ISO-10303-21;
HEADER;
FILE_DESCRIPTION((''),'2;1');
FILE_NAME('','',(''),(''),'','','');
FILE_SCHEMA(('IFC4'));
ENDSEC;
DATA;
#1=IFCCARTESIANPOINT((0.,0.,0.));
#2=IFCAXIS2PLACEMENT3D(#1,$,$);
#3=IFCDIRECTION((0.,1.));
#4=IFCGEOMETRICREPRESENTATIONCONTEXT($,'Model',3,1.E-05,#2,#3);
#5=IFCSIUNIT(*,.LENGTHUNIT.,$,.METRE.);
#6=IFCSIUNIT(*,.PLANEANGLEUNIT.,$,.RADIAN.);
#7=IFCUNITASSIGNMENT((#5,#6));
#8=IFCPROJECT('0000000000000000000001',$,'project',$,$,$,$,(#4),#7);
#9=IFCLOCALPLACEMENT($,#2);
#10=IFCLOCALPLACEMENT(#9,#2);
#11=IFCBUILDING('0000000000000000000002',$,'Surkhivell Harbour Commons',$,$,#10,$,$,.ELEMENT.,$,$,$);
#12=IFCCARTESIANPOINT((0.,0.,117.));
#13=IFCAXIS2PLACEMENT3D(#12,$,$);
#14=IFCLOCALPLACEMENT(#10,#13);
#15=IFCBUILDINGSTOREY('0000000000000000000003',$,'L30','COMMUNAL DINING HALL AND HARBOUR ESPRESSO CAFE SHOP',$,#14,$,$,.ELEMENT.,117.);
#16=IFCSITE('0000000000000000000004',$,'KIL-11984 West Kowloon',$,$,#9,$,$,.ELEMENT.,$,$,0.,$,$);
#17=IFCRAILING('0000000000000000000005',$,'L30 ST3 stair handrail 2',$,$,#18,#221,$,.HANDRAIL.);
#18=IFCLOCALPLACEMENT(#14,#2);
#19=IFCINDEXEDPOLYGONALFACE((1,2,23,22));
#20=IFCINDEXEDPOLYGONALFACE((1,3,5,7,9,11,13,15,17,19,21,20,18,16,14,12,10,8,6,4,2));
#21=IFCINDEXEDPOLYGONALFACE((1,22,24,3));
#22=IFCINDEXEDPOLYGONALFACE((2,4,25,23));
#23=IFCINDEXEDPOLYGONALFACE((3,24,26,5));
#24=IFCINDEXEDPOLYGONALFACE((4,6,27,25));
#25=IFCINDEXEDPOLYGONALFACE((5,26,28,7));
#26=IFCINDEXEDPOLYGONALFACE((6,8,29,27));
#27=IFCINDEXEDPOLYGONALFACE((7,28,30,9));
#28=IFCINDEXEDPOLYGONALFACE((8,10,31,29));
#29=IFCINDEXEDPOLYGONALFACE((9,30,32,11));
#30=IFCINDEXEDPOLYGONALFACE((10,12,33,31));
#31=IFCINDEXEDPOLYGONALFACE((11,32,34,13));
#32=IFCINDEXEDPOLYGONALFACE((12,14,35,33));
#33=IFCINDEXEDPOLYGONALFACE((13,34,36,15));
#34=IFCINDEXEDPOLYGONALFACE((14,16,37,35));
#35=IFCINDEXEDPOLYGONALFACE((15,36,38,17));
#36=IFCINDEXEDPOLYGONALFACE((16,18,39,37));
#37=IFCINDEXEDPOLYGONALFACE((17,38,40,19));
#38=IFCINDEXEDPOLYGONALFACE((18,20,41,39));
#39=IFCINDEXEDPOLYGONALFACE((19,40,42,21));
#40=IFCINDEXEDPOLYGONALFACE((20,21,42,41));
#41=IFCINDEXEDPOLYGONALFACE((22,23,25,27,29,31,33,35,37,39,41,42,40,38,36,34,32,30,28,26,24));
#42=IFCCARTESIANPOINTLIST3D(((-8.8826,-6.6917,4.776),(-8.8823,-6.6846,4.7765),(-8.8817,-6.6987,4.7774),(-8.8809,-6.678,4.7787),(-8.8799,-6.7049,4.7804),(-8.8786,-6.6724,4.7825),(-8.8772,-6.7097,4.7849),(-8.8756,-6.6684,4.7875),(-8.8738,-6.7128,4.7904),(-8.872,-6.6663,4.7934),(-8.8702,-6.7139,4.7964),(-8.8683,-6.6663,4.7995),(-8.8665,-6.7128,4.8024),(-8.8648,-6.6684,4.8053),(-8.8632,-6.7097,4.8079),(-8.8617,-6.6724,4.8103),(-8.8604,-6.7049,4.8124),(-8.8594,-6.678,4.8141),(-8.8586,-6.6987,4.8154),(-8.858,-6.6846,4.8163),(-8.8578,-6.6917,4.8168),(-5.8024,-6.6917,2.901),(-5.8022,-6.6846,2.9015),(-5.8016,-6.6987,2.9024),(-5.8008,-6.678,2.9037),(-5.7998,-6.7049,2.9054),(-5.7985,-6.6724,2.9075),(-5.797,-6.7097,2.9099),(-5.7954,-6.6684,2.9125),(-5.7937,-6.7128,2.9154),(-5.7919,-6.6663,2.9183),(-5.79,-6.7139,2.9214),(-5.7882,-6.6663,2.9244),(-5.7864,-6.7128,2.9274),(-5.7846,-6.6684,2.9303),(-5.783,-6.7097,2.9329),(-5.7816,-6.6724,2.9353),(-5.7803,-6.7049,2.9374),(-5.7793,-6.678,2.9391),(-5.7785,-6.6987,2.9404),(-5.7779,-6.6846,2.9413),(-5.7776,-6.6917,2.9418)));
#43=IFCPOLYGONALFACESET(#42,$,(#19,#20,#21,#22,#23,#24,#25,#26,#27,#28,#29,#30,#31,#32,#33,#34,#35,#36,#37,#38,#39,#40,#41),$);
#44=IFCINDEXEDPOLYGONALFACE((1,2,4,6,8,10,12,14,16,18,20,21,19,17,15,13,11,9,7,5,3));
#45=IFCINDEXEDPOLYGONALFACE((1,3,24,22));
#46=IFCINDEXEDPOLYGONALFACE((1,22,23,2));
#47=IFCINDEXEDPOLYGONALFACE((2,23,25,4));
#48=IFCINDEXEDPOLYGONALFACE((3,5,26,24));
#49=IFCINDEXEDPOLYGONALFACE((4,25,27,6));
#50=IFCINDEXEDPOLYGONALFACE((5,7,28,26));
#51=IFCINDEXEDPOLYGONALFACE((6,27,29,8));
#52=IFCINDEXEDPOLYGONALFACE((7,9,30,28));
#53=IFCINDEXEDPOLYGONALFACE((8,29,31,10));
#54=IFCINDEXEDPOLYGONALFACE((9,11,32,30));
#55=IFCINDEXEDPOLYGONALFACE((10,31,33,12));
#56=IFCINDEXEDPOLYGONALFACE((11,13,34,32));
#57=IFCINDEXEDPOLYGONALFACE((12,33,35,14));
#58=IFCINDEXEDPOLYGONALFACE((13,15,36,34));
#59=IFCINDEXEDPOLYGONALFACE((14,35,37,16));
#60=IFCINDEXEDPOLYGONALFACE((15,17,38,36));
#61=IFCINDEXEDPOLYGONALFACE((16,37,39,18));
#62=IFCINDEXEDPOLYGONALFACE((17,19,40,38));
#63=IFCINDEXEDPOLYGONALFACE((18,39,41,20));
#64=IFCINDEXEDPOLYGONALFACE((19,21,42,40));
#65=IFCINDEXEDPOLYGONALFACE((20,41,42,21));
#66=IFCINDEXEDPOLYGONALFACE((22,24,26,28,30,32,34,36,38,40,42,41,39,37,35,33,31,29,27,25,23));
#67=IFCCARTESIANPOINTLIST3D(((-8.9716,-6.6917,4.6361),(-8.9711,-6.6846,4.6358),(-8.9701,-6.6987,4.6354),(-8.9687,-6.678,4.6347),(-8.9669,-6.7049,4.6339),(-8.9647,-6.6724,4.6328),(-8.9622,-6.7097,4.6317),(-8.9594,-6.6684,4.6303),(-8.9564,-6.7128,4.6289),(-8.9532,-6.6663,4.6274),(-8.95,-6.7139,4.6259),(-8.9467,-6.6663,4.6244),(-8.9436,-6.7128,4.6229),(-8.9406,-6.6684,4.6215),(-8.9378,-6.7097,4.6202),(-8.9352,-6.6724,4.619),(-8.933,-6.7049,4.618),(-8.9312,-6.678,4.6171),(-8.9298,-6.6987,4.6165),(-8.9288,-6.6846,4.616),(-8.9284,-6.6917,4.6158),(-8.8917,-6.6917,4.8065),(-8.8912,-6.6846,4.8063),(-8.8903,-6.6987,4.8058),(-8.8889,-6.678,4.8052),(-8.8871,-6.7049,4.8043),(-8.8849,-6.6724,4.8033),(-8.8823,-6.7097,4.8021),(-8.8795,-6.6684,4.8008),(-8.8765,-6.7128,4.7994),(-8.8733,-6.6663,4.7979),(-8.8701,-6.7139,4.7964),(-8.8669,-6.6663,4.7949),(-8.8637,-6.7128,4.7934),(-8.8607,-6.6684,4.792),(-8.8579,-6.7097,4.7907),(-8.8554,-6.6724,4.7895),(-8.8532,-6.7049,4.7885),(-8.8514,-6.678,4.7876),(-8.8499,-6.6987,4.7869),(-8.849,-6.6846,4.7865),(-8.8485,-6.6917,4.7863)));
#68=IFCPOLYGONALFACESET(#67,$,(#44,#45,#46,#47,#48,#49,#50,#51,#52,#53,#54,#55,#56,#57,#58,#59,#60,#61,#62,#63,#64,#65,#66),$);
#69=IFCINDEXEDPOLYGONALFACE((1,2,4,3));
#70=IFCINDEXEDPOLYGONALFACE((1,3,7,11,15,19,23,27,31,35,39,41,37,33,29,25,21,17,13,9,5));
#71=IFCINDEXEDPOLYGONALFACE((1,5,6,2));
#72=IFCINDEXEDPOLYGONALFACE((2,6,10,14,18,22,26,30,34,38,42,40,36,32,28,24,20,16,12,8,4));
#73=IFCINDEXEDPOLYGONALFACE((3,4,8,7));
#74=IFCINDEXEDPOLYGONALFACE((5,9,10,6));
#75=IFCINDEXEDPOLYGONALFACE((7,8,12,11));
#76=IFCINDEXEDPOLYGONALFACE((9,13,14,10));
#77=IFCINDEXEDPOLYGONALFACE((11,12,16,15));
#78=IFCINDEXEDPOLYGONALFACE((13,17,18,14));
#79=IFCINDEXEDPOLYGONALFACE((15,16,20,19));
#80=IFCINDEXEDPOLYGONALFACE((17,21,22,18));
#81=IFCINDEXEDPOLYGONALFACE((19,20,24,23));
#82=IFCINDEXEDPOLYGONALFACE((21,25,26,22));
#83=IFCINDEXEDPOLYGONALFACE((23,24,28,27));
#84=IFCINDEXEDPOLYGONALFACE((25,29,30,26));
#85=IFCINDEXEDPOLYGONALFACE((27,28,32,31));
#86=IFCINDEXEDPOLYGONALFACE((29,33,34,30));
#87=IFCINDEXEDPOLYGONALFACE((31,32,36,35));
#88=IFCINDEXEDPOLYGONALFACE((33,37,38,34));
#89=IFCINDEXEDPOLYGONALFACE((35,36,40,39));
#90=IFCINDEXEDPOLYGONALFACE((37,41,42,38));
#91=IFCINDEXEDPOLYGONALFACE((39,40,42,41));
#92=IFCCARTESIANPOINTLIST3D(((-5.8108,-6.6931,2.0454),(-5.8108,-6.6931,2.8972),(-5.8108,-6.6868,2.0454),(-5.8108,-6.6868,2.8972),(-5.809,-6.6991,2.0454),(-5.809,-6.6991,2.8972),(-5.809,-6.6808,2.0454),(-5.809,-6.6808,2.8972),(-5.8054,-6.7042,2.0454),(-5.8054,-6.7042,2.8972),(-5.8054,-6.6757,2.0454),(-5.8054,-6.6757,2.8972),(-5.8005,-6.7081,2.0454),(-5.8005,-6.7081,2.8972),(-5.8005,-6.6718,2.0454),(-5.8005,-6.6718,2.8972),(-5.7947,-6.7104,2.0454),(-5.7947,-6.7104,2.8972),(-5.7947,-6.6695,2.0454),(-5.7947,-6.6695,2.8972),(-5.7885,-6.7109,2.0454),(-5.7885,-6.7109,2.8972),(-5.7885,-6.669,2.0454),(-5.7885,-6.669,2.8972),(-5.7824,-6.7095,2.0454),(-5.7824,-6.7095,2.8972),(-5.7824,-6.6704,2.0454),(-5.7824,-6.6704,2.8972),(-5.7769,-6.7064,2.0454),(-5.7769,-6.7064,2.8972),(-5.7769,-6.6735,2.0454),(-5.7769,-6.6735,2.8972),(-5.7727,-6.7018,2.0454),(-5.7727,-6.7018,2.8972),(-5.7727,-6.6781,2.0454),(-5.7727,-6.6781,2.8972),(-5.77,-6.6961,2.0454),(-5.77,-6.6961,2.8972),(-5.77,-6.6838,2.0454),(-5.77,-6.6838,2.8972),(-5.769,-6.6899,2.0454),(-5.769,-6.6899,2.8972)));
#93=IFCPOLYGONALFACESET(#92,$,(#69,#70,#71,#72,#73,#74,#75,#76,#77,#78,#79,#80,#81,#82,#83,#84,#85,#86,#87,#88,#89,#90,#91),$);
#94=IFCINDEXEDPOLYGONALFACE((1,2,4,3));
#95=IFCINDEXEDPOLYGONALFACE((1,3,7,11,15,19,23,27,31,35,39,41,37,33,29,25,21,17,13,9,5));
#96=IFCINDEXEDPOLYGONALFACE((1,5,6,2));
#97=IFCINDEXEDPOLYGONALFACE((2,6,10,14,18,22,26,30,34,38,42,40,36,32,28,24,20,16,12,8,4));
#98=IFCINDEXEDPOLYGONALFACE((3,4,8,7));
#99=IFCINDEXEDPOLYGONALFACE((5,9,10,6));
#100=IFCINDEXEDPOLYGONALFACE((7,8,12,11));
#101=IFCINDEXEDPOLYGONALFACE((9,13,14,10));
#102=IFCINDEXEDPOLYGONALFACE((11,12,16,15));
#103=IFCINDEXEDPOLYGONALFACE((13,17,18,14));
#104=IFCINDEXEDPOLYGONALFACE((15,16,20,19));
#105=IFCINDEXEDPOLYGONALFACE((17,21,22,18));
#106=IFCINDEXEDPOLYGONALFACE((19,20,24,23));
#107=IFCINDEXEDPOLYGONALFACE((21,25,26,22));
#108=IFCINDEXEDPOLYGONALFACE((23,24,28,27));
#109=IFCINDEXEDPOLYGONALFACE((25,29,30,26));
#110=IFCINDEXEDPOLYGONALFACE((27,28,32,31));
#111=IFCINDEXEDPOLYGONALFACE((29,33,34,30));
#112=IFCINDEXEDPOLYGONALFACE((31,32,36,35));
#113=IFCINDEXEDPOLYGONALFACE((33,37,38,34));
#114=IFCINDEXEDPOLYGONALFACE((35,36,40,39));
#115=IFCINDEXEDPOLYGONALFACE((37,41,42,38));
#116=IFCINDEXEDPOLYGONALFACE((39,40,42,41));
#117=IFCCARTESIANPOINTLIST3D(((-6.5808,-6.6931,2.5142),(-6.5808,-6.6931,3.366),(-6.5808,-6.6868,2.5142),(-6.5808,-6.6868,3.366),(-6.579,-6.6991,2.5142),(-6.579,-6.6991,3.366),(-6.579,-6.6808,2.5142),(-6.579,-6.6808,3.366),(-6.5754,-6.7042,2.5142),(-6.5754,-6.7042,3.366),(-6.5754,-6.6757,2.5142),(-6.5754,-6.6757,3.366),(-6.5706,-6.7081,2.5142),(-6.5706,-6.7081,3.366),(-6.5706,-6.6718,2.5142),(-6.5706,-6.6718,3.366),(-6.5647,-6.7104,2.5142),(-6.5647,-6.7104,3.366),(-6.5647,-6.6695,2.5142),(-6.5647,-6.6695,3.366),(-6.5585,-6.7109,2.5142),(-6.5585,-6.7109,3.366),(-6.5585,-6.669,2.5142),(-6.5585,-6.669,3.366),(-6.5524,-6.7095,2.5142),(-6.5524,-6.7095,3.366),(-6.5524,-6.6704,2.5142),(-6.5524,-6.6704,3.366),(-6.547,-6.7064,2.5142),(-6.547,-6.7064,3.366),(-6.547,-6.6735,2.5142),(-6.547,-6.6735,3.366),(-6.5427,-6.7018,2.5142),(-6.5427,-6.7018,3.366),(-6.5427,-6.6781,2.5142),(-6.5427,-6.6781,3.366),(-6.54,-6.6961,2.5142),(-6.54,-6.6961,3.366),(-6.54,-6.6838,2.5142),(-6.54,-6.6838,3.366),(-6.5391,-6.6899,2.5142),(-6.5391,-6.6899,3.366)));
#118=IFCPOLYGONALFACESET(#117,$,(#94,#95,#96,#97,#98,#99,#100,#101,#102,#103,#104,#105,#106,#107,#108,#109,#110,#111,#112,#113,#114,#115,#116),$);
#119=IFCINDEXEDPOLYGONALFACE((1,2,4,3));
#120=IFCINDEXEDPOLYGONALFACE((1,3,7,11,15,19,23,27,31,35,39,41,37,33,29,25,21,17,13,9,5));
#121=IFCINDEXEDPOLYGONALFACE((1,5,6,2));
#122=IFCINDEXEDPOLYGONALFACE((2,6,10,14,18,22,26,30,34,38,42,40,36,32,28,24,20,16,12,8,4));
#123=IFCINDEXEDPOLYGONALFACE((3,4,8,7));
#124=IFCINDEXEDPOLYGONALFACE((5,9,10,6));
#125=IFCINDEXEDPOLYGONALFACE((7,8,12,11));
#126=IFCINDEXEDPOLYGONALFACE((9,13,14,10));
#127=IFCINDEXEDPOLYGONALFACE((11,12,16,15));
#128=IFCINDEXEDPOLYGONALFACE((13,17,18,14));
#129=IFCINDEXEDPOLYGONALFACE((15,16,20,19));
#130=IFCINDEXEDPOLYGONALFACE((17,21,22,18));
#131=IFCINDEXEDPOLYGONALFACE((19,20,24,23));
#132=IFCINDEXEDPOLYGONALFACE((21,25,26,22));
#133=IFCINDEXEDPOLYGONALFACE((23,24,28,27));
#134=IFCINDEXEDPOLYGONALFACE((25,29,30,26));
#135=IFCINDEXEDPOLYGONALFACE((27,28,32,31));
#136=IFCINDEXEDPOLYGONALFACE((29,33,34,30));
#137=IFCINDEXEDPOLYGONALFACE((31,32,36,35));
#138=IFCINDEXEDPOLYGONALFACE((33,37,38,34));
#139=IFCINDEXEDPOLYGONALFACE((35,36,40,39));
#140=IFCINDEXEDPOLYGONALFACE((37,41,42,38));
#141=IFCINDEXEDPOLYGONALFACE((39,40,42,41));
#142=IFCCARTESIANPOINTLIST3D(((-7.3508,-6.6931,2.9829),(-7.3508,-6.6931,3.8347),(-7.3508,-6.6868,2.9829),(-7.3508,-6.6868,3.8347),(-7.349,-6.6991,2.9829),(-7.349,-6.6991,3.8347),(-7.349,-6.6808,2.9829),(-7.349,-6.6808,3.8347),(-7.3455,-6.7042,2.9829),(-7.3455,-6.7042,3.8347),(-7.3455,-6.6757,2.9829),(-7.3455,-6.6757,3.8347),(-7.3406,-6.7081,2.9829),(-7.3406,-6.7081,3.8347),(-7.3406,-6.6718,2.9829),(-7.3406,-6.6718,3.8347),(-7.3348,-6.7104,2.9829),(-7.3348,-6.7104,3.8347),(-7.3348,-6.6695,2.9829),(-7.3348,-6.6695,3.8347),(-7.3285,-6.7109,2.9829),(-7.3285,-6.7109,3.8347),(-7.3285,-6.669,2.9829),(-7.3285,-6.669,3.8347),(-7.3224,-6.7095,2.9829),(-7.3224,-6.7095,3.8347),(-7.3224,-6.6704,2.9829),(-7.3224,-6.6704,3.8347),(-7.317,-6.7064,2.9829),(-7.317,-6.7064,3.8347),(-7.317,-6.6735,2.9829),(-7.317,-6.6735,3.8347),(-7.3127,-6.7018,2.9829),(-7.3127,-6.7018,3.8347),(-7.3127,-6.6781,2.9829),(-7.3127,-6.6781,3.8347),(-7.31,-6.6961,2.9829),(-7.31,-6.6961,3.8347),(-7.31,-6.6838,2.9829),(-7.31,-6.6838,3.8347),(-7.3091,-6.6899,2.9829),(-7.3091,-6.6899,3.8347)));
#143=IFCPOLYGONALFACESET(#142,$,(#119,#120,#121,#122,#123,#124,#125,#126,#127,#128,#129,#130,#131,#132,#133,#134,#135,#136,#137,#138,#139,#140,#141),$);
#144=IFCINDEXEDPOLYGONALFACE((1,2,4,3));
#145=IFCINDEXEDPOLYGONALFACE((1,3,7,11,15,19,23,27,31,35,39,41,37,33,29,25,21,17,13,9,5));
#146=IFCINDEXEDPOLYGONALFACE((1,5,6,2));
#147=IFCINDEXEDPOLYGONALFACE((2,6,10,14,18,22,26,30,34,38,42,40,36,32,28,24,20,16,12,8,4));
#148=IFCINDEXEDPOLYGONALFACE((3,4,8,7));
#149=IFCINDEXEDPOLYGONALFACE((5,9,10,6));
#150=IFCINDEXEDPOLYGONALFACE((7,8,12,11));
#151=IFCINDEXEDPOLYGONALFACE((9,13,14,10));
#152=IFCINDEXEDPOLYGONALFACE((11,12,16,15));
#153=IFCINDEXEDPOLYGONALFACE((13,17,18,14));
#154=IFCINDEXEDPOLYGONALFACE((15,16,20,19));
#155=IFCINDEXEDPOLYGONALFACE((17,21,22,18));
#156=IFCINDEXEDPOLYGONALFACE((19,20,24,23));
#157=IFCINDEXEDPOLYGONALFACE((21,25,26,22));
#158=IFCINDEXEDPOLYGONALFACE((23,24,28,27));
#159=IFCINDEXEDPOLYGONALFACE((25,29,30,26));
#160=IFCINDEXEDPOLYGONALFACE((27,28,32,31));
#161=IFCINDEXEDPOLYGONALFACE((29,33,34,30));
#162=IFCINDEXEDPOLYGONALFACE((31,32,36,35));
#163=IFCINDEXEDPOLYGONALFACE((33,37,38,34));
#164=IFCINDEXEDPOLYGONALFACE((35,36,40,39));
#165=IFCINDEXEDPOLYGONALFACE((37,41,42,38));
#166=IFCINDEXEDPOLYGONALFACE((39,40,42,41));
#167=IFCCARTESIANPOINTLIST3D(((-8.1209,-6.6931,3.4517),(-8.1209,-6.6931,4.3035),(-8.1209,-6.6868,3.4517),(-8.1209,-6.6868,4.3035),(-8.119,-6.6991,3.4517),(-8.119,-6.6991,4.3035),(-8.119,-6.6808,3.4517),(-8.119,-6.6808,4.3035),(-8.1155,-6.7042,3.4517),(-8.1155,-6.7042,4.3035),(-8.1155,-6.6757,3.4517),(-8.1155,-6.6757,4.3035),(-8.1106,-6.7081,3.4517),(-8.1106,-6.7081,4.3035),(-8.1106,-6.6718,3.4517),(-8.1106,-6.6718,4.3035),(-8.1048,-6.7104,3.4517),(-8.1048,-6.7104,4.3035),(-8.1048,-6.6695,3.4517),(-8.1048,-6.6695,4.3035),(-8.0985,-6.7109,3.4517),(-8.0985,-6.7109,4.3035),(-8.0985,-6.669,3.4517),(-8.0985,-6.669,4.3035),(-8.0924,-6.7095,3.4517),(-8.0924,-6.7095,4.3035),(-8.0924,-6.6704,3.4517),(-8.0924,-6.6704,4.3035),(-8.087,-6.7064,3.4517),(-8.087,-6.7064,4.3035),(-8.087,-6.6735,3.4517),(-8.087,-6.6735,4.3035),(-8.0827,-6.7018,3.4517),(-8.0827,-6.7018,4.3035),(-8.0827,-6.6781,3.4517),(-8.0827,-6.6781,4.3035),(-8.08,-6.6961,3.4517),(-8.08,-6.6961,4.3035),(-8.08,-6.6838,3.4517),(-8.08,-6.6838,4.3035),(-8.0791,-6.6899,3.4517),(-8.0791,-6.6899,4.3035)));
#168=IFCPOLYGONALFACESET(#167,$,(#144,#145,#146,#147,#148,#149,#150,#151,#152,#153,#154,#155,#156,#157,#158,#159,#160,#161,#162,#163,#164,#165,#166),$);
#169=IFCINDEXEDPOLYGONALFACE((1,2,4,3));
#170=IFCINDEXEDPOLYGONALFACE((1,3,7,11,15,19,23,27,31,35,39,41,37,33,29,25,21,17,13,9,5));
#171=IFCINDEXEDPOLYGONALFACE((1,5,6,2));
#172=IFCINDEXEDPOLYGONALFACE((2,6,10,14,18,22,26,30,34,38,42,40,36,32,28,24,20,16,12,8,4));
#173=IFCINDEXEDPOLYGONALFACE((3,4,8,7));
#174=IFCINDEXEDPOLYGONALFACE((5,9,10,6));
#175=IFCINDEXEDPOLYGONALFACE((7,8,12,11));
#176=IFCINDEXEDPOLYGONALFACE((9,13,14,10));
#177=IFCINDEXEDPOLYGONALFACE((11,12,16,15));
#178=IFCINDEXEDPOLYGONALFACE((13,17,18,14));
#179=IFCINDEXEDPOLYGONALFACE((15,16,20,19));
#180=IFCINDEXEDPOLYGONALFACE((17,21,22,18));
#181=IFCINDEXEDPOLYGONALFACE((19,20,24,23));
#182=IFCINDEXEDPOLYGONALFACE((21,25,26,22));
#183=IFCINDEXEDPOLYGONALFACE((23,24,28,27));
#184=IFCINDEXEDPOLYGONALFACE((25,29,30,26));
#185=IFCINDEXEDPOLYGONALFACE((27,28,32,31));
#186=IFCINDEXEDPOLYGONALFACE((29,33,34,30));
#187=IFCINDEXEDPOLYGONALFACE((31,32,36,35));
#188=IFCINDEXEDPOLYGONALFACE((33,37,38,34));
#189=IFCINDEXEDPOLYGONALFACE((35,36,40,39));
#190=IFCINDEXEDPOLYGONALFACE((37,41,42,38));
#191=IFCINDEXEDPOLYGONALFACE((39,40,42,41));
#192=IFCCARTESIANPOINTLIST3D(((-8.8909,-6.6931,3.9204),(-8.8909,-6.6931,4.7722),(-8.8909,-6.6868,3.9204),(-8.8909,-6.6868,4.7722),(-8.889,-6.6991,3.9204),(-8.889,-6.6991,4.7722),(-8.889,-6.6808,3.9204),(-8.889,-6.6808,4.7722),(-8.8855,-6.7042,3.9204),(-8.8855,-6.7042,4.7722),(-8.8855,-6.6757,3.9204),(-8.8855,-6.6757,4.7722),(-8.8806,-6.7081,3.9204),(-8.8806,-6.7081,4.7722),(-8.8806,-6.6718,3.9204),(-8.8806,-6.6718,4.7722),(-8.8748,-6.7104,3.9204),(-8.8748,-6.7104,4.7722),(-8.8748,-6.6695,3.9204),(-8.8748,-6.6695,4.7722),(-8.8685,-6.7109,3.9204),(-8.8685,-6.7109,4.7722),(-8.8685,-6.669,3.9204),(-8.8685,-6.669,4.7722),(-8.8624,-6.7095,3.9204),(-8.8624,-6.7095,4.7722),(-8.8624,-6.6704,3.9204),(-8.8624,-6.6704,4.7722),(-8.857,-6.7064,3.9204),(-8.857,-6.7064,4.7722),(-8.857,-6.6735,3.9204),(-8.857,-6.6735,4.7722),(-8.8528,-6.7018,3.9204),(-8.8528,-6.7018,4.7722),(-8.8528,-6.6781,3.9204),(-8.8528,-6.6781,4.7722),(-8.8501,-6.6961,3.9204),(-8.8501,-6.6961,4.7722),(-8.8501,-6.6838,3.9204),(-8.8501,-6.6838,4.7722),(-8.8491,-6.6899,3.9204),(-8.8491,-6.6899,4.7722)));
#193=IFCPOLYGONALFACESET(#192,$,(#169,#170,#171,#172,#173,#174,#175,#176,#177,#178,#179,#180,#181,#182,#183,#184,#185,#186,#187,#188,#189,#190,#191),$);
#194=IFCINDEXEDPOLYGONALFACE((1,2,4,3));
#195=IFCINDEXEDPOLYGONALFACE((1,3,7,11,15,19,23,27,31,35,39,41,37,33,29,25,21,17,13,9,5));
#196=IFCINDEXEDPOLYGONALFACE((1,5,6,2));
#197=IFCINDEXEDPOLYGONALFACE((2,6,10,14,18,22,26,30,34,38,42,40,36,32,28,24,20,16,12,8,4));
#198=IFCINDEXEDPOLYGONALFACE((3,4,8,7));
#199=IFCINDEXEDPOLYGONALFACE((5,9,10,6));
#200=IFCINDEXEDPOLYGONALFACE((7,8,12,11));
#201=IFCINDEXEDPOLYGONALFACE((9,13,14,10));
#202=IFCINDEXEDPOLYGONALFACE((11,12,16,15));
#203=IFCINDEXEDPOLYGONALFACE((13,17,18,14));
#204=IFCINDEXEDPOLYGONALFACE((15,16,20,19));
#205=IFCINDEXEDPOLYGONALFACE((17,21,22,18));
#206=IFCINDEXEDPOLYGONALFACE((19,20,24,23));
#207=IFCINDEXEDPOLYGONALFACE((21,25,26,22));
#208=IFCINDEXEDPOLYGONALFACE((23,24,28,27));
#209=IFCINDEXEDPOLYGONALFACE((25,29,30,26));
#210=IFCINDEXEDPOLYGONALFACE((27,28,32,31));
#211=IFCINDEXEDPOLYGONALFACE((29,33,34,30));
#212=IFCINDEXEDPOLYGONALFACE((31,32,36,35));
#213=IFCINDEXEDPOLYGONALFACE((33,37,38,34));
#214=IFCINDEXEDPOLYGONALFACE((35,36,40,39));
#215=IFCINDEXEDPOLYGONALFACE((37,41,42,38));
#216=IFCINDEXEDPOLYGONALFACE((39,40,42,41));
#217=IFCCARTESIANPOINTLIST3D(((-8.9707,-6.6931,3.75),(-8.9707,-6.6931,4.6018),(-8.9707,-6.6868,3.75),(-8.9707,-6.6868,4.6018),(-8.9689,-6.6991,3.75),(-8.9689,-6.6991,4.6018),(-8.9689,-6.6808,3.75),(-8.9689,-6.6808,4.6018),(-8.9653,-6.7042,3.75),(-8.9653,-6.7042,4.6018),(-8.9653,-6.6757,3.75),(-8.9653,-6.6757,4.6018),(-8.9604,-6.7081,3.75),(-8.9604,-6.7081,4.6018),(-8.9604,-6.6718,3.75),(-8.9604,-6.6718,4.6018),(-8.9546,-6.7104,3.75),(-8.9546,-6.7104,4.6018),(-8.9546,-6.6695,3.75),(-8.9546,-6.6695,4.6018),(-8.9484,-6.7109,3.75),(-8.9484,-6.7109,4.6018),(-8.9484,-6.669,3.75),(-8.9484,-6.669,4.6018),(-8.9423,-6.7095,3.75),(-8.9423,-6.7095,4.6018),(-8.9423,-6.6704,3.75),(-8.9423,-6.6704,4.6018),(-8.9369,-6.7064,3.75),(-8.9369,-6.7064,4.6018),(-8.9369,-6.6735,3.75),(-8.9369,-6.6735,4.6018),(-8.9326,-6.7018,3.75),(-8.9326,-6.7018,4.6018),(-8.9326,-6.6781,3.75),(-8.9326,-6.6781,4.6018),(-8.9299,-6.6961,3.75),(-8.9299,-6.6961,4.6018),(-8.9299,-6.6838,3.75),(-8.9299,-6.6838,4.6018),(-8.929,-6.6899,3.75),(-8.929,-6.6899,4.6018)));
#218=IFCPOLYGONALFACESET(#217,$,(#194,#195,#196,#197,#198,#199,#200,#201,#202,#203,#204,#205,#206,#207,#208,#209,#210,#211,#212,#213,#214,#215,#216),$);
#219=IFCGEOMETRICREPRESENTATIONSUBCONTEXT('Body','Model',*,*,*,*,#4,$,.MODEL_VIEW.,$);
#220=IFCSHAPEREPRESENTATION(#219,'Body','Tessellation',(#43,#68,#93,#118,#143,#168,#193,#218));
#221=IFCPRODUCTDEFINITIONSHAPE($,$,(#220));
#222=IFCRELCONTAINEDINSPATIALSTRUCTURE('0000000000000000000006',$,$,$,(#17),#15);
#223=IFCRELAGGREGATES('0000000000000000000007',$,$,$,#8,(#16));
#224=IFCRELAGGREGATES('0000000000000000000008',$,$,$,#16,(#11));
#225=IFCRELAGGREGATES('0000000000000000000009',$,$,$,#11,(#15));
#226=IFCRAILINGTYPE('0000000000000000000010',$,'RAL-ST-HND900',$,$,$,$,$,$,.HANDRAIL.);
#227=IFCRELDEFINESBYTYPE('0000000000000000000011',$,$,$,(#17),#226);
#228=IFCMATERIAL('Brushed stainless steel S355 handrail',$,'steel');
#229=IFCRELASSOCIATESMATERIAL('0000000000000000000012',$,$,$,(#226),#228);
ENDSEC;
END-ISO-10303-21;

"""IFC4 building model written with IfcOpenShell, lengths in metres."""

from ifc_helpers import new_model, si_unit, direction, frame, origin, origin_2d, place, context, subcontext, project, spatial, circle, extrude, material, type_object, element, save


model = new_model("IFC4")

# Units and contexts
model_context = context("Model", 3, precision=1e-05, world=origin(), true_north=direction((0.0, 1.0)))
body_context = subcontext(model_context, "Body", "Model", "MODEL_VIEW")
ifc_project = project(units=[si_unit("LENGTHUNIT", "METRE"), si_unit("PLANEANGLEUNIT", "RADIAN")], contexts=[model_context])

# Site, building, storey
site_placement = place(None, origin())
site = spatial("IfcSite", under=ifc_project, at=site_placement, Name="KIL-11984 West Kowloon", CompositionType="ELEMENT", RefElevation=0.0)
building_placement = place(site_placement, origin())
building = spatial("IfcBuilding", under=site, at=building_placement, Name="Surkhivell Harbour Commons", CompositionType="ELEMENT")
storey_placement = place(building_placement, frame((0.0, 0.0, 117.0)))
storey = spatial("IfcBuildingStorey", under=building, at=storey_placement, Name="L30", Description="COMMUNAL DINING HALL AND HARBOUR ESPRESSO CAFE SHOP", CompositionType="ELEMENT", Elevation=117.0)

# Railing
ifc_material_1 = material(Name="Brushed stainless steel S355 handrail", Category="steel")
railing_type_1 = type_object("IfcRailingType", Name="RAL-ST-HND900", PredefinedType="HANDRAIL", material=ifc_material_1)
railing_1_placement = place(storey_placement, frame((-5.79, -6.6899, 2.0454)))
element("IfcRailing", 1, at=railing_1_placement, inside=storey, type_object=railing_type_1, Name="L30 ST3 stair handrail 2", PredefinedType="HANDRAIL", context=body_context, shape_type="SweptSolid", body=[
    extrude(circle(Radius=0.0239, at=origin_2d()), frame((0.0, 0.0, 0.876), z_axis=(-0.854178, 0.0, 0.519981), x_axis=(0.0, -1.0, 0.0)), (0.0, 0.0, 1.0), 3.606),
    extrude(circle(Radius=0.0239, at=origin_2d()), frame((-3.0801, 0.0, 2.751), z_axis=(-0.424234, 0.0, -0.905552), x_axis=(0.0, -1.0, 0.0)), (0.0, 0.0, 1.0), 0.1882),
    extrude(circle(Radius=0.021, at=origin_2d()), origin(), (0.0, 0.0, 1.0), 0.8518),
    extrude(circle(Radius=0.021, at=origin_2d()), frame((-0.77, 0.0, 0.4688)), (0.0, 0.0, 1.0), 0.8518),
    extrude(circle(Radius=0.021, at=origin_2d()), frame((-1.54, 0.0, 0.9375)), (0.0, 0.0, 1.0), 0.8518),
    extrude(circle(Radius=0.021, at=origin_2d()), frame((-2.3101, 0.0, 1.4062)), (0.0, 0.0, 1.0), 0.8518),
    extrude(circle(Radius=0.021, at=origin_2d()), frame((-3.0801, 0.0, 1.875)), (0.0, 0.0, 1.0), 0.8518),
    extrude(circle(Radius=0.021, at=origin_2d()), frame((-3.1599, 0.0, 1.7046)), (0.0, 0.0, 1.0), 0.8518),
])

save(model, "model.ifc")
